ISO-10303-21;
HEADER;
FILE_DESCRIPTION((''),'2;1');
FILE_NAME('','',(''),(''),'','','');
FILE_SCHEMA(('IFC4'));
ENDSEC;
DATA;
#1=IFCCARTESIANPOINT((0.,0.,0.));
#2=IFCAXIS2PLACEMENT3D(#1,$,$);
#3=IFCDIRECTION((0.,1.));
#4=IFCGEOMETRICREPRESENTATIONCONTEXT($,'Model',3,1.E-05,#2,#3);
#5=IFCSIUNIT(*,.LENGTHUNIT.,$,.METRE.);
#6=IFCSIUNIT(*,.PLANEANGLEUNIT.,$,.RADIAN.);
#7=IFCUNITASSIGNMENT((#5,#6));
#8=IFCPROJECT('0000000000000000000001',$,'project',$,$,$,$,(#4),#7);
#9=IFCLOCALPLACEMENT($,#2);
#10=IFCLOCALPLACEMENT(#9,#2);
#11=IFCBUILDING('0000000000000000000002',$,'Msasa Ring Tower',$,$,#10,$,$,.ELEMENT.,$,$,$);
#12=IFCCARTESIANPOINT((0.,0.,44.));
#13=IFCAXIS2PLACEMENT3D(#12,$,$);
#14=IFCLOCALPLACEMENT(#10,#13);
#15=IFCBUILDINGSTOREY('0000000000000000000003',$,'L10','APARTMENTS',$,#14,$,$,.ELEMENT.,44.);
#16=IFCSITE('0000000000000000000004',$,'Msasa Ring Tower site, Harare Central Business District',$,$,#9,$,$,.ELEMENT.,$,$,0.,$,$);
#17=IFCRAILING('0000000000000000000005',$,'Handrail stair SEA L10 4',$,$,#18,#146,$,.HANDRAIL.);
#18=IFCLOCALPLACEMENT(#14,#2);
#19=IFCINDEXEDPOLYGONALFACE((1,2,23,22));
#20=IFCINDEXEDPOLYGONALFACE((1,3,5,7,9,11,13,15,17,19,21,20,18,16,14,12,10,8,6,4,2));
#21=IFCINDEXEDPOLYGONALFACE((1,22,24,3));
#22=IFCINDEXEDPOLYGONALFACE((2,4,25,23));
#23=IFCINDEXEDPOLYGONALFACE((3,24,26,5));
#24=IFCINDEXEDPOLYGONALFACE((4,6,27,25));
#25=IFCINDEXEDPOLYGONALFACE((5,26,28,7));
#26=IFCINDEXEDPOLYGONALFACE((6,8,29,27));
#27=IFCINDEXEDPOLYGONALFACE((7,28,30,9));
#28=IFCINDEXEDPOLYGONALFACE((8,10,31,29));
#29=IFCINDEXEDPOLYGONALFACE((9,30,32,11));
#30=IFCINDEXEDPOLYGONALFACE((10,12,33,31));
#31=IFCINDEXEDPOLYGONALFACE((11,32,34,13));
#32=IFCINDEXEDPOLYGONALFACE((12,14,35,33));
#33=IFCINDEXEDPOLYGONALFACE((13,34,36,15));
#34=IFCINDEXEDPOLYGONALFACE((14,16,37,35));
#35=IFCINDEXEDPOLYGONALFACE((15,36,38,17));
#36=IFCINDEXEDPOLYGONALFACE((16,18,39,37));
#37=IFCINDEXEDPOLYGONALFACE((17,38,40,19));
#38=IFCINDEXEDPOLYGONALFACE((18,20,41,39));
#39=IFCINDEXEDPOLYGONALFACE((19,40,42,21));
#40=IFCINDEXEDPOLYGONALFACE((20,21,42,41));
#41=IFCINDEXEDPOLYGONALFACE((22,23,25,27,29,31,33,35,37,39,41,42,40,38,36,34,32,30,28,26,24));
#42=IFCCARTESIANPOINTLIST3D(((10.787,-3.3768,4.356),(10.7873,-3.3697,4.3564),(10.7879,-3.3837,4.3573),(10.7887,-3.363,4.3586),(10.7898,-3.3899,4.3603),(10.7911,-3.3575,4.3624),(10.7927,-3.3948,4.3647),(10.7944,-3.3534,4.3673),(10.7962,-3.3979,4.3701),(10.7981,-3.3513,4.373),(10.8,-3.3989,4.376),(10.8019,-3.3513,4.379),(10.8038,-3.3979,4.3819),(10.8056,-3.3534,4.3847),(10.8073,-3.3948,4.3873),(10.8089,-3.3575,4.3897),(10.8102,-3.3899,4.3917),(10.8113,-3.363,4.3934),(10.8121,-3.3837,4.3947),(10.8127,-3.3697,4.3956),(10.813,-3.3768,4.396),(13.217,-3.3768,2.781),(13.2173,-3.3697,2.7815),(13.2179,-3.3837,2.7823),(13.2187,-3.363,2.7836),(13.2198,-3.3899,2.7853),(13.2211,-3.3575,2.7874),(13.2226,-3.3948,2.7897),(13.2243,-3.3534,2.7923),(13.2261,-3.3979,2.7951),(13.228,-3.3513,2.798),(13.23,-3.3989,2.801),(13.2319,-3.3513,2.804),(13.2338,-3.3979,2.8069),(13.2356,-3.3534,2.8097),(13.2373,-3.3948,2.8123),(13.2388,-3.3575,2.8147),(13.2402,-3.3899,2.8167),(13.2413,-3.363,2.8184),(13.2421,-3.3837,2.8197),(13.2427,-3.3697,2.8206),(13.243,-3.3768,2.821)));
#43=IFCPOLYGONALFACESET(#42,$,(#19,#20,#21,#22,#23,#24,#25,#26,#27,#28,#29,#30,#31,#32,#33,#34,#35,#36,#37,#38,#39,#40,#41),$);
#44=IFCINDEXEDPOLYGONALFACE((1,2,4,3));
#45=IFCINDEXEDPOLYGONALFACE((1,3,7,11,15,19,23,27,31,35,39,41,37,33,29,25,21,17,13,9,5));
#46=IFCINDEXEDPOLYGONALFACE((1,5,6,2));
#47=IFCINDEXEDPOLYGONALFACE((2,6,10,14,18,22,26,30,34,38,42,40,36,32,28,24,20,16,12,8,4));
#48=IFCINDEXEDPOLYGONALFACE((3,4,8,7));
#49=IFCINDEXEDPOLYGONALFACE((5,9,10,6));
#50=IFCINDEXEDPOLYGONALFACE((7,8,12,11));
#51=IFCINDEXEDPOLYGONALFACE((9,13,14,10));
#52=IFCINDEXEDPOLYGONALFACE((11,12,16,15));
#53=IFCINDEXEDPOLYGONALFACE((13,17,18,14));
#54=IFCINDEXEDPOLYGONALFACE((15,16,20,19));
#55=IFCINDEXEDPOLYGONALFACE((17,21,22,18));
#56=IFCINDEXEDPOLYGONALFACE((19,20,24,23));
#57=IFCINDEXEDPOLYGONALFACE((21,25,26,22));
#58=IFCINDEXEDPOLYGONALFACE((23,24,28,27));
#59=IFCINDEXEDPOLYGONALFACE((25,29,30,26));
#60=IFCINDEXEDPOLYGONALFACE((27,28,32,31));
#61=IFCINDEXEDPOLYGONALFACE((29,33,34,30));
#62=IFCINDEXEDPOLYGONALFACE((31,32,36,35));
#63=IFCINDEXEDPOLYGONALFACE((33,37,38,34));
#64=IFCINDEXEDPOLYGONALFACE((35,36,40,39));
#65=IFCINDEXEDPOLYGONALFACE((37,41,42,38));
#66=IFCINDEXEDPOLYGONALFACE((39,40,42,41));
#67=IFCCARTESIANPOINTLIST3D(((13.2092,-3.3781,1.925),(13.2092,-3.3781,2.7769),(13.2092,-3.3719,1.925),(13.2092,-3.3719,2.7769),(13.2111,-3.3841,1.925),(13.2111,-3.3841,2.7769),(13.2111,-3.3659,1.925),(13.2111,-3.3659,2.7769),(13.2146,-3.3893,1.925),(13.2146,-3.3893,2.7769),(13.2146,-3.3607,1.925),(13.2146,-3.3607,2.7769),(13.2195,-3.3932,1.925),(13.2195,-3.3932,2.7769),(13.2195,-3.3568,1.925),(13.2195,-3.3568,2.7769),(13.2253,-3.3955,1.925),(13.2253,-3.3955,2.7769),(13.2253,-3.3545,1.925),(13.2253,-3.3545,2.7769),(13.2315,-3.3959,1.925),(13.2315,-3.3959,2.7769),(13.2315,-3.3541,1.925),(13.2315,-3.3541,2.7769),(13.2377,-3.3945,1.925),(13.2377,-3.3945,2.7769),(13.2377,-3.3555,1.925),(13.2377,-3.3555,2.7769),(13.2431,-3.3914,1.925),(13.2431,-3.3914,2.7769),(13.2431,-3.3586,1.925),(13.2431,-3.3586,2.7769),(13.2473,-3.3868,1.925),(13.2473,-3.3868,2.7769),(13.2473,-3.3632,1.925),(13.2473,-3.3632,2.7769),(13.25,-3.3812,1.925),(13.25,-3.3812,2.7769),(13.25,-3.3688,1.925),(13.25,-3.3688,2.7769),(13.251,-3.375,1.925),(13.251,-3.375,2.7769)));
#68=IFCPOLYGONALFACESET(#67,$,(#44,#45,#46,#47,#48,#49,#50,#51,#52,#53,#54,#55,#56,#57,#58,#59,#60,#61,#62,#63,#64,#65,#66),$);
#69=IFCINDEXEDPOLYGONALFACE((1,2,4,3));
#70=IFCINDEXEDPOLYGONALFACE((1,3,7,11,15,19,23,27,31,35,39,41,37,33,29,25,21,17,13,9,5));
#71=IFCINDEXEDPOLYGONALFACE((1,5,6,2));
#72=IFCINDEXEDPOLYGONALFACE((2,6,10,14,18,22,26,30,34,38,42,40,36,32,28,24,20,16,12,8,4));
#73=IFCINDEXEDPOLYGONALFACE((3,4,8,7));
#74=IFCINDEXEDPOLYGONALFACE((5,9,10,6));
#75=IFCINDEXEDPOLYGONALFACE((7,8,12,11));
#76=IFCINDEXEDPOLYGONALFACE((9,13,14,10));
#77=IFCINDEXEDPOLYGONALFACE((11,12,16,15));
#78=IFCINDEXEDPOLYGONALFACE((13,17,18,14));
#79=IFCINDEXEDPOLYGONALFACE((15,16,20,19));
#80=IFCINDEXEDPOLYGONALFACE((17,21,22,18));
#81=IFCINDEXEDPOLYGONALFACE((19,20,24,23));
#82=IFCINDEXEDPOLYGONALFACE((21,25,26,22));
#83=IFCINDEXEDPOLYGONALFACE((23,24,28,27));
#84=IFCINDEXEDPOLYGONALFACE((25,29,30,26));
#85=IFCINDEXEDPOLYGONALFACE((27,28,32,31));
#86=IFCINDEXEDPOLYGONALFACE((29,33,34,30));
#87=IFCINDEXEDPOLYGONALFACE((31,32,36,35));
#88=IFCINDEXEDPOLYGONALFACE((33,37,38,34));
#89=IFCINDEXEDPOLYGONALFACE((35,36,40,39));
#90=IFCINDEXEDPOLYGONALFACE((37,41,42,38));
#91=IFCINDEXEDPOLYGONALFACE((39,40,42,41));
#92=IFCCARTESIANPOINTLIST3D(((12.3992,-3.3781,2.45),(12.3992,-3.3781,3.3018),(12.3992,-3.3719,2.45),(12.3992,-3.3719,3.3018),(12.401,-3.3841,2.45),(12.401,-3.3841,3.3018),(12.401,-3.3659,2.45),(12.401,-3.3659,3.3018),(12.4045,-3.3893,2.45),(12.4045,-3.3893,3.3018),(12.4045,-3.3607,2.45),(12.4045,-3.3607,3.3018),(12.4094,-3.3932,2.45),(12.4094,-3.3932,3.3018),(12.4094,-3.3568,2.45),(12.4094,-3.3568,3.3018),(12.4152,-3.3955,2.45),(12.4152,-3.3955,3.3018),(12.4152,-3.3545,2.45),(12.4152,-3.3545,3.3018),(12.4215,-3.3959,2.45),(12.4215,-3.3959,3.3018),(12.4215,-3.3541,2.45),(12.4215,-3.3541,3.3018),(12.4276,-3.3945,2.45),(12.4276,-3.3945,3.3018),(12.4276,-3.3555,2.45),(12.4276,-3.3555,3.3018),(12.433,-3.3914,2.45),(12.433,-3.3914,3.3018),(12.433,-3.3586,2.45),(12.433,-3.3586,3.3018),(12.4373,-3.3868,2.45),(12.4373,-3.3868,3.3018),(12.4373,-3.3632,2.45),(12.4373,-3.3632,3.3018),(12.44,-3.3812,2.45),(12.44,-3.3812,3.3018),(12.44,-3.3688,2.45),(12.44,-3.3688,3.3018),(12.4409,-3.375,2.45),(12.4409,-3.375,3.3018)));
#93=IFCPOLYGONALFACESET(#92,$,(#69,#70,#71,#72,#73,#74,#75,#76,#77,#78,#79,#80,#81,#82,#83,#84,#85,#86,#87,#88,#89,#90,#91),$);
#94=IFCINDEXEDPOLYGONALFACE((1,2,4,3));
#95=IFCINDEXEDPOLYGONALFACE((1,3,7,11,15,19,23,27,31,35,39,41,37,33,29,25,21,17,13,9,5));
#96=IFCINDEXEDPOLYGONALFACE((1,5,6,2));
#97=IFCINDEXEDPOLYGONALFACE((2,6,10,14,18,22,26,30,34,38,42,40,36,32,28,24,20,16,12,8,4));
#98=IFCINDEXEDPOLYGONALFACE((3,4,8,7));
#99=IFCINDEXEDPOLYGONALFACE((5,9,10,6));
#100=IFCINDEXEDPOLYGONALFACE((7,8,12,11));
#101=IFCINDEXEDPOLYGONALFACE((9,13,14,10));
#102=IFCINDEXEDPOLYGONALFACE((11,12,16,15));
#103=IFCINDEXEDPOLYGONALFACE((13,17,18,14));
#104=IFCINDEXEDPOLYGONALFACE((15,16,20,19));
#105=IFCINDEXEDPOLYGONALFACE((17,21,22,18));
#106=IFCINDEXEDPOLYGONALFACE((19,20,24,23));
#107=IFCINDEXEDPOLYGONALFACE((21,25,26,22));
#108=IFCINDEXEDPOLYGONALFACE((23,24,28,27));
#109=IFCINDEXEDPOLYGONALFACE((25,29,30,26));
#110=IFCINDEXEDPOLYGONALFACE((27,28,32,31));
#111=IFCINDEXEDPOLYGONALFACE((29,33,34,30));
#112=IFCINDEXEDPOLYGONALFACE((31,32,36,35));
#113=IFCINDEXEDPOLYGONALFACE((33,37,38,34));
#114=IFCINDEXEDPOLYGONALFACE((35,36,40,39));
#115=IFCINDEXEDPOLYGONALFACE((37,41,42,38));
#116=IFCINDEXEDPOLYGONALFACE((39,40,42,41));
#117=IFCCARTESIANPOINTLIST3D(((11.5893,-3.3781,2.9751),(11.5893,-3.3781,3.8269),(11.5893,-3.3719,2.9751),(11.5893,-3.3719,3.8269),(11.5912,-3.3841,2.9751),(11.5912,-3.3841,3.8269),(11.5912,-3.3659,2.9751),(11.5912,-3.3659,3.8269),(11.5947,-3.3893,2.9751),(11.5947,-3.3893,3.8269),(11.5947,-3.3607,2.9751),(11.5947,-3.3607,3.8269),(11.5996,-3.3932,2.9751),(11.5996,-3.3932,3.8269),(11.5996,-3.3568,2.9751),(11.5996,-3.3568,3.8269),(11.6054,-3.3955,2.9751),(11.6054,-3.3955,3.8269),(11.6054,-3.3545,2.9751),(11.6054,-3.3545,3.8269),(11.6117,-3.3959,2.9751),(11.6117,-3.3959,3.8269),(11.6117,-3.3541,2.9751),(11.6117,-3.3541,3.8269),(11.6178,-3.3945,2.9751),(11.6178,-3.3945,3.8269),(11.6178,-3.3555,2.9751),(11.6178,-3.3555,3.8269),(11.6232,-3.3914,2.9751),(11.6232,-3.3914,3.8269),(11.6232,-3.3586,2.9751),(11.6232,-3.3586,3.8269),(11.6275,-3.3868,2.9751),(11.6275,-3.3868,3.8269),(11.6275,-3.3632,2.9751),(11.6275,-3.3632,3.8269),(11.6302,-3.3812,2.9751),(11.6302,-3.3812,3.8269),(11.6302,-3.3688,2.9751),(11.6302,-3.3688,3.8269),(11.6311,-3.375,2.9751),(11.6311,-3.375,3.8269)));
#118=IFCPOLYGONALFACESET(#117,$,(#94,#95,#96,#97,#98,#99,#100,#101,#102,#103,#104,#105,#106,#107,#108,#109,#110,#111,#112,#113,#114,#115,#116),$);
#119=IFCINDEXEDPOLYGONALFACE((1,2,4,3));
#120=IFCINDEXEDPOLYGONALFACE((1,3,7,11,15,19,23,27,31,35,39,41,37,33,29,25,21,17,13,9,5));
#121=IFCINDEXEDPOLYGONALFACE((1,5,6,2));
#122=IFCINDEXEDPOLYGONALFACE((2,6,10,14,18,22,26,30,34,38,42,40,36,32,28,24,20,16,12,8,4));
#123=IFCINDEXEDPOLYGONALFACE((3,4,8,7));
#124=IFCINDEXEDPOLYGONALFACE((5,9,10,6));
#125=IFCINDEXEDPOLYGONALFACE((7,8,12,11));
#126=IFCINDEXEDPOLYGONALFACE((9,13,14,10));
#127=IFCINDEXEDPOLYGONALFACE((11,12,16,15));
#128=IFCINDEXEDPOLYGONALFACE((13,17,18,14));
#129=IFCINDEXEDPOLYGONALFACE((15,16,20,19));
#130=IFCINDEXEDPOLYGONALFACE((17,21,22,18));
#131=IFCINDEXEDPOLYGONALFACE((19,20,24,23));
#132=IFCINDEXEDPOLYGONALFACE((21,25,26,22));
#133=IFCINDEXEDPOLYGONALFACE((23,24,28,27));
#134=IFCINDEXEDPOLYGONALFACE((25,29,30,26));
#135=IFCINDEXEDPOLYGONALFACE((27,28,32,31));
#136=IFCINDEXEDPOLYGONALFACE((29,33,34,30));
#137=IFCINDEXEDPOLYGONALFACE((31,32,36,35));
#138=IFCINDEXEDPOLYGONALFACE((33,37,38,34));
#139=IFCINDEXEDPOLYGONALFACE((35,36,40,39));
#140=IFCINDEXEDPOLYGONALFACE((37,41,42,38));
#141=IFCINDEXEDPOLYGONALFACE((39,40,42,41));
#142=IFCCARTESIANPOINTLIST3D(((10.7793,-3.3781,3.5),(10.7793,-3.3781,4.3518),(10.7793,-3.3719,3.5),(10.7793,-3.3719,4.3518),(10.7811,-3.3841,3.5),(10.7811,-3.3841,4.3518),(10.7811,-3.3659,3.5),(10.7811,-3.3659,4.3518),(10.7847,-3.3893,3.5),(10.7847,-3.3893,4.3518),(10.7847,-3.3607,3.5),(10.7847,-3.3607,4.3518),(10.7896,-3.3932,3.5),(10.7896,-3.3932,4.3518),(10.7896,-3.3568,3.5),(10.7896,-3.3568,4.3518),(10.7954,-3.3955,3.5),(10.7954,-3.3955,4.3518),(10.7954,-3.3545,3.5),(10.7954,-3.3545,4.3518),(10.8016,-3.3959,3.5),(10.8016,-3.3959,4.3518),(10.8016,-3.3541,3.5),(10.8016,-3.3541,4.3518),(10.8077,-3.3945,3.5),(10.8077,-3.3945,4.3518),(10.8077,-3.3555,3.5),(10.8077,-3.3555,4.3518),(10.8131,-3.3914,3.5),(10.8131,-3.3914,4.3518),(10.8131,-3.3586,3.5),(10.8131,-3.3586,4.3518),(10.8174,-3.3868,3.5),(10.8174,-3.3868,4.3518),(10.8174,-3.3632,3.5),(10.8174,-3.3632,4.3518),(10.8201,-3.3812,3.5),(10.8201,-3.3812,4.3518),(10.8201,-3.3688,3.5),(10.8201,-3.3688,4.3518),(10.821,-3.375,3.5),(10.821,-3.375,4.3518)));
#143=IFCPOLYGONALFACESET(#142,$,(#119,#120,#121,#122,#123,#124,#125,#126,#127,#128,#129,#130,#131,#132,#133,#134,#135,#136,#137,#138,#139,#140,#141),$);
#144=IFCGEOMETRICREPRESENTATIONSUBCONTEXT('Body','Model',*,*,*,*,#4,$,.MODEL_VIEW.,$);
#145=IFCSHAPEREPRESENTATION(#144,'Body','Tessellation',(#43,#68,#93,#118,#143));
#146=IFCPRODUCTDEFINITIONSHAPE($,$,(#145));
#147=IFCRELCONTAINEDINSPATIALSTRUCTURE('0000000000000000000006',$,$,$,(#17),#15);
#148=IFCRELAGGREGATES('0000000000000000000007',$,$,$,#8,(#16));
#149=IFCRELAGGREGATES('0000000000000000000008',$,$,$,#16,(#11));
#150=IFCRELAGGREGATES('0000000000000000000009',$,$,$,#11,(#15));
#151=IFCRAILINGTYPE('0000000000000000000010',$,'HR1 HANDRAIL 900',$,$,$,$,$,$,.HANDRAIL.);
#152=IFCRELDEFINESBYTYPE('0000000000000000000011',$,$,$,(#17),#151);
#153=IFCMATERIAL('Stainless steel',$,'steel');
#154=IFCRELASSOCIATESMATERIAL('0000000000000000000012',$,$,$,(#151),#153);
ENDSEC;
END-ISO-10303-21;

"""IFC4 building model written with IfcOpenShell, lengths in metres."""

from ifc_helpers import new_model, si_unit, direction, frame, origin, origin_2d, place, context, subcontext, project, spatial, circle, extrude, material, type_object, element, save


model = new_model("IFC4")

# Units and contexts
model_context = context("Model", 3, precision=1e-05, world=origin(), true_north=direction((0.0, 1.0)))
body_context = subcontext(model_context, "Body", "Model", "MODEL_VIEW")
ifc_project = project(units=[si_unit("LENGTHUNIT", "METRE"), si_unit("PLANEANGLEUNIT", "RADIAN")], contexts=[model_context])

# Site, building, storey
site_placement = place(None, origin())
site = spatial("IfcSite", under=ifc_project, at=site_placement, Name="Msasa Ring Tower site, Harare Central Business District", CompositionType="ELEMENT", RefElevation=0.0)
building_placement = place(site_placement, origin())
building = spatial("IfcBuilding", under=site, at=building_placement, Name="Msasa Ring Tower", CompositionType="ELEMENT")
storey_placement = place(building_placement, frame((0.0, 0.0, 44.0)))
storey = spatial("IfcBuildingStorey", under=building, at=storey_placement, Name="L10", Description="APARTMENTS", CompositionType="ELEMENT", Elevation=44.0)

# Railing
ifc_material_1 = material(Name="Stainless steel", Category="steel")
railing_type = type_object("IfcRailingType", Name="HR1 HANDRAIL 900", PredefinedType="HANDRAIL", material=ifc_material_1)
for number, where, name in (
    (1, (13.23, -3.375, 1.925), "Handrail stair SEA L10 4"),
):
    element("IfcRailing", number, at=place(storey_placement, frame(where)), inside=storey, type_object=railing_type, Name=name, PredefinedType="HANDRAIL", context=body_context, shape_type="SweptSolid", body=[
        extrude(circle(Radius=0.0239, at=origin_2d()), frame((0.0, 0.0, 0.876), z_axis=(-0.839154, 0.0, 0.543894), x_axis=(0.0, -1.0, 0.0)), (0.0, 0.0, 1.0), 2.8958),
        extrude(circle(Radius=0.021, at=origin_2d()), origin(), (0.0, 0.0, 1.0), 0.8518),
        extrude(circle(Radius=0.021, at=origin_2d()), frame((-0.8101, 0.0, 0.5249)), (0.0, 0.0, 1.0), 0.8518),
        extrude(circle(Radius=0.021, at=origin_2d()), frame((-1.6199, 0.0, 1.05)), (0.0, 0.0, 1.0), 0.8518),
        extrude(circle(Radius=0.021, at=origin_2d()), frame((-2.4299, 0.0, 1.575)), (0.0, 0.0, 1.0), 0.8518),
    ])

save(model, "model.ifc")
